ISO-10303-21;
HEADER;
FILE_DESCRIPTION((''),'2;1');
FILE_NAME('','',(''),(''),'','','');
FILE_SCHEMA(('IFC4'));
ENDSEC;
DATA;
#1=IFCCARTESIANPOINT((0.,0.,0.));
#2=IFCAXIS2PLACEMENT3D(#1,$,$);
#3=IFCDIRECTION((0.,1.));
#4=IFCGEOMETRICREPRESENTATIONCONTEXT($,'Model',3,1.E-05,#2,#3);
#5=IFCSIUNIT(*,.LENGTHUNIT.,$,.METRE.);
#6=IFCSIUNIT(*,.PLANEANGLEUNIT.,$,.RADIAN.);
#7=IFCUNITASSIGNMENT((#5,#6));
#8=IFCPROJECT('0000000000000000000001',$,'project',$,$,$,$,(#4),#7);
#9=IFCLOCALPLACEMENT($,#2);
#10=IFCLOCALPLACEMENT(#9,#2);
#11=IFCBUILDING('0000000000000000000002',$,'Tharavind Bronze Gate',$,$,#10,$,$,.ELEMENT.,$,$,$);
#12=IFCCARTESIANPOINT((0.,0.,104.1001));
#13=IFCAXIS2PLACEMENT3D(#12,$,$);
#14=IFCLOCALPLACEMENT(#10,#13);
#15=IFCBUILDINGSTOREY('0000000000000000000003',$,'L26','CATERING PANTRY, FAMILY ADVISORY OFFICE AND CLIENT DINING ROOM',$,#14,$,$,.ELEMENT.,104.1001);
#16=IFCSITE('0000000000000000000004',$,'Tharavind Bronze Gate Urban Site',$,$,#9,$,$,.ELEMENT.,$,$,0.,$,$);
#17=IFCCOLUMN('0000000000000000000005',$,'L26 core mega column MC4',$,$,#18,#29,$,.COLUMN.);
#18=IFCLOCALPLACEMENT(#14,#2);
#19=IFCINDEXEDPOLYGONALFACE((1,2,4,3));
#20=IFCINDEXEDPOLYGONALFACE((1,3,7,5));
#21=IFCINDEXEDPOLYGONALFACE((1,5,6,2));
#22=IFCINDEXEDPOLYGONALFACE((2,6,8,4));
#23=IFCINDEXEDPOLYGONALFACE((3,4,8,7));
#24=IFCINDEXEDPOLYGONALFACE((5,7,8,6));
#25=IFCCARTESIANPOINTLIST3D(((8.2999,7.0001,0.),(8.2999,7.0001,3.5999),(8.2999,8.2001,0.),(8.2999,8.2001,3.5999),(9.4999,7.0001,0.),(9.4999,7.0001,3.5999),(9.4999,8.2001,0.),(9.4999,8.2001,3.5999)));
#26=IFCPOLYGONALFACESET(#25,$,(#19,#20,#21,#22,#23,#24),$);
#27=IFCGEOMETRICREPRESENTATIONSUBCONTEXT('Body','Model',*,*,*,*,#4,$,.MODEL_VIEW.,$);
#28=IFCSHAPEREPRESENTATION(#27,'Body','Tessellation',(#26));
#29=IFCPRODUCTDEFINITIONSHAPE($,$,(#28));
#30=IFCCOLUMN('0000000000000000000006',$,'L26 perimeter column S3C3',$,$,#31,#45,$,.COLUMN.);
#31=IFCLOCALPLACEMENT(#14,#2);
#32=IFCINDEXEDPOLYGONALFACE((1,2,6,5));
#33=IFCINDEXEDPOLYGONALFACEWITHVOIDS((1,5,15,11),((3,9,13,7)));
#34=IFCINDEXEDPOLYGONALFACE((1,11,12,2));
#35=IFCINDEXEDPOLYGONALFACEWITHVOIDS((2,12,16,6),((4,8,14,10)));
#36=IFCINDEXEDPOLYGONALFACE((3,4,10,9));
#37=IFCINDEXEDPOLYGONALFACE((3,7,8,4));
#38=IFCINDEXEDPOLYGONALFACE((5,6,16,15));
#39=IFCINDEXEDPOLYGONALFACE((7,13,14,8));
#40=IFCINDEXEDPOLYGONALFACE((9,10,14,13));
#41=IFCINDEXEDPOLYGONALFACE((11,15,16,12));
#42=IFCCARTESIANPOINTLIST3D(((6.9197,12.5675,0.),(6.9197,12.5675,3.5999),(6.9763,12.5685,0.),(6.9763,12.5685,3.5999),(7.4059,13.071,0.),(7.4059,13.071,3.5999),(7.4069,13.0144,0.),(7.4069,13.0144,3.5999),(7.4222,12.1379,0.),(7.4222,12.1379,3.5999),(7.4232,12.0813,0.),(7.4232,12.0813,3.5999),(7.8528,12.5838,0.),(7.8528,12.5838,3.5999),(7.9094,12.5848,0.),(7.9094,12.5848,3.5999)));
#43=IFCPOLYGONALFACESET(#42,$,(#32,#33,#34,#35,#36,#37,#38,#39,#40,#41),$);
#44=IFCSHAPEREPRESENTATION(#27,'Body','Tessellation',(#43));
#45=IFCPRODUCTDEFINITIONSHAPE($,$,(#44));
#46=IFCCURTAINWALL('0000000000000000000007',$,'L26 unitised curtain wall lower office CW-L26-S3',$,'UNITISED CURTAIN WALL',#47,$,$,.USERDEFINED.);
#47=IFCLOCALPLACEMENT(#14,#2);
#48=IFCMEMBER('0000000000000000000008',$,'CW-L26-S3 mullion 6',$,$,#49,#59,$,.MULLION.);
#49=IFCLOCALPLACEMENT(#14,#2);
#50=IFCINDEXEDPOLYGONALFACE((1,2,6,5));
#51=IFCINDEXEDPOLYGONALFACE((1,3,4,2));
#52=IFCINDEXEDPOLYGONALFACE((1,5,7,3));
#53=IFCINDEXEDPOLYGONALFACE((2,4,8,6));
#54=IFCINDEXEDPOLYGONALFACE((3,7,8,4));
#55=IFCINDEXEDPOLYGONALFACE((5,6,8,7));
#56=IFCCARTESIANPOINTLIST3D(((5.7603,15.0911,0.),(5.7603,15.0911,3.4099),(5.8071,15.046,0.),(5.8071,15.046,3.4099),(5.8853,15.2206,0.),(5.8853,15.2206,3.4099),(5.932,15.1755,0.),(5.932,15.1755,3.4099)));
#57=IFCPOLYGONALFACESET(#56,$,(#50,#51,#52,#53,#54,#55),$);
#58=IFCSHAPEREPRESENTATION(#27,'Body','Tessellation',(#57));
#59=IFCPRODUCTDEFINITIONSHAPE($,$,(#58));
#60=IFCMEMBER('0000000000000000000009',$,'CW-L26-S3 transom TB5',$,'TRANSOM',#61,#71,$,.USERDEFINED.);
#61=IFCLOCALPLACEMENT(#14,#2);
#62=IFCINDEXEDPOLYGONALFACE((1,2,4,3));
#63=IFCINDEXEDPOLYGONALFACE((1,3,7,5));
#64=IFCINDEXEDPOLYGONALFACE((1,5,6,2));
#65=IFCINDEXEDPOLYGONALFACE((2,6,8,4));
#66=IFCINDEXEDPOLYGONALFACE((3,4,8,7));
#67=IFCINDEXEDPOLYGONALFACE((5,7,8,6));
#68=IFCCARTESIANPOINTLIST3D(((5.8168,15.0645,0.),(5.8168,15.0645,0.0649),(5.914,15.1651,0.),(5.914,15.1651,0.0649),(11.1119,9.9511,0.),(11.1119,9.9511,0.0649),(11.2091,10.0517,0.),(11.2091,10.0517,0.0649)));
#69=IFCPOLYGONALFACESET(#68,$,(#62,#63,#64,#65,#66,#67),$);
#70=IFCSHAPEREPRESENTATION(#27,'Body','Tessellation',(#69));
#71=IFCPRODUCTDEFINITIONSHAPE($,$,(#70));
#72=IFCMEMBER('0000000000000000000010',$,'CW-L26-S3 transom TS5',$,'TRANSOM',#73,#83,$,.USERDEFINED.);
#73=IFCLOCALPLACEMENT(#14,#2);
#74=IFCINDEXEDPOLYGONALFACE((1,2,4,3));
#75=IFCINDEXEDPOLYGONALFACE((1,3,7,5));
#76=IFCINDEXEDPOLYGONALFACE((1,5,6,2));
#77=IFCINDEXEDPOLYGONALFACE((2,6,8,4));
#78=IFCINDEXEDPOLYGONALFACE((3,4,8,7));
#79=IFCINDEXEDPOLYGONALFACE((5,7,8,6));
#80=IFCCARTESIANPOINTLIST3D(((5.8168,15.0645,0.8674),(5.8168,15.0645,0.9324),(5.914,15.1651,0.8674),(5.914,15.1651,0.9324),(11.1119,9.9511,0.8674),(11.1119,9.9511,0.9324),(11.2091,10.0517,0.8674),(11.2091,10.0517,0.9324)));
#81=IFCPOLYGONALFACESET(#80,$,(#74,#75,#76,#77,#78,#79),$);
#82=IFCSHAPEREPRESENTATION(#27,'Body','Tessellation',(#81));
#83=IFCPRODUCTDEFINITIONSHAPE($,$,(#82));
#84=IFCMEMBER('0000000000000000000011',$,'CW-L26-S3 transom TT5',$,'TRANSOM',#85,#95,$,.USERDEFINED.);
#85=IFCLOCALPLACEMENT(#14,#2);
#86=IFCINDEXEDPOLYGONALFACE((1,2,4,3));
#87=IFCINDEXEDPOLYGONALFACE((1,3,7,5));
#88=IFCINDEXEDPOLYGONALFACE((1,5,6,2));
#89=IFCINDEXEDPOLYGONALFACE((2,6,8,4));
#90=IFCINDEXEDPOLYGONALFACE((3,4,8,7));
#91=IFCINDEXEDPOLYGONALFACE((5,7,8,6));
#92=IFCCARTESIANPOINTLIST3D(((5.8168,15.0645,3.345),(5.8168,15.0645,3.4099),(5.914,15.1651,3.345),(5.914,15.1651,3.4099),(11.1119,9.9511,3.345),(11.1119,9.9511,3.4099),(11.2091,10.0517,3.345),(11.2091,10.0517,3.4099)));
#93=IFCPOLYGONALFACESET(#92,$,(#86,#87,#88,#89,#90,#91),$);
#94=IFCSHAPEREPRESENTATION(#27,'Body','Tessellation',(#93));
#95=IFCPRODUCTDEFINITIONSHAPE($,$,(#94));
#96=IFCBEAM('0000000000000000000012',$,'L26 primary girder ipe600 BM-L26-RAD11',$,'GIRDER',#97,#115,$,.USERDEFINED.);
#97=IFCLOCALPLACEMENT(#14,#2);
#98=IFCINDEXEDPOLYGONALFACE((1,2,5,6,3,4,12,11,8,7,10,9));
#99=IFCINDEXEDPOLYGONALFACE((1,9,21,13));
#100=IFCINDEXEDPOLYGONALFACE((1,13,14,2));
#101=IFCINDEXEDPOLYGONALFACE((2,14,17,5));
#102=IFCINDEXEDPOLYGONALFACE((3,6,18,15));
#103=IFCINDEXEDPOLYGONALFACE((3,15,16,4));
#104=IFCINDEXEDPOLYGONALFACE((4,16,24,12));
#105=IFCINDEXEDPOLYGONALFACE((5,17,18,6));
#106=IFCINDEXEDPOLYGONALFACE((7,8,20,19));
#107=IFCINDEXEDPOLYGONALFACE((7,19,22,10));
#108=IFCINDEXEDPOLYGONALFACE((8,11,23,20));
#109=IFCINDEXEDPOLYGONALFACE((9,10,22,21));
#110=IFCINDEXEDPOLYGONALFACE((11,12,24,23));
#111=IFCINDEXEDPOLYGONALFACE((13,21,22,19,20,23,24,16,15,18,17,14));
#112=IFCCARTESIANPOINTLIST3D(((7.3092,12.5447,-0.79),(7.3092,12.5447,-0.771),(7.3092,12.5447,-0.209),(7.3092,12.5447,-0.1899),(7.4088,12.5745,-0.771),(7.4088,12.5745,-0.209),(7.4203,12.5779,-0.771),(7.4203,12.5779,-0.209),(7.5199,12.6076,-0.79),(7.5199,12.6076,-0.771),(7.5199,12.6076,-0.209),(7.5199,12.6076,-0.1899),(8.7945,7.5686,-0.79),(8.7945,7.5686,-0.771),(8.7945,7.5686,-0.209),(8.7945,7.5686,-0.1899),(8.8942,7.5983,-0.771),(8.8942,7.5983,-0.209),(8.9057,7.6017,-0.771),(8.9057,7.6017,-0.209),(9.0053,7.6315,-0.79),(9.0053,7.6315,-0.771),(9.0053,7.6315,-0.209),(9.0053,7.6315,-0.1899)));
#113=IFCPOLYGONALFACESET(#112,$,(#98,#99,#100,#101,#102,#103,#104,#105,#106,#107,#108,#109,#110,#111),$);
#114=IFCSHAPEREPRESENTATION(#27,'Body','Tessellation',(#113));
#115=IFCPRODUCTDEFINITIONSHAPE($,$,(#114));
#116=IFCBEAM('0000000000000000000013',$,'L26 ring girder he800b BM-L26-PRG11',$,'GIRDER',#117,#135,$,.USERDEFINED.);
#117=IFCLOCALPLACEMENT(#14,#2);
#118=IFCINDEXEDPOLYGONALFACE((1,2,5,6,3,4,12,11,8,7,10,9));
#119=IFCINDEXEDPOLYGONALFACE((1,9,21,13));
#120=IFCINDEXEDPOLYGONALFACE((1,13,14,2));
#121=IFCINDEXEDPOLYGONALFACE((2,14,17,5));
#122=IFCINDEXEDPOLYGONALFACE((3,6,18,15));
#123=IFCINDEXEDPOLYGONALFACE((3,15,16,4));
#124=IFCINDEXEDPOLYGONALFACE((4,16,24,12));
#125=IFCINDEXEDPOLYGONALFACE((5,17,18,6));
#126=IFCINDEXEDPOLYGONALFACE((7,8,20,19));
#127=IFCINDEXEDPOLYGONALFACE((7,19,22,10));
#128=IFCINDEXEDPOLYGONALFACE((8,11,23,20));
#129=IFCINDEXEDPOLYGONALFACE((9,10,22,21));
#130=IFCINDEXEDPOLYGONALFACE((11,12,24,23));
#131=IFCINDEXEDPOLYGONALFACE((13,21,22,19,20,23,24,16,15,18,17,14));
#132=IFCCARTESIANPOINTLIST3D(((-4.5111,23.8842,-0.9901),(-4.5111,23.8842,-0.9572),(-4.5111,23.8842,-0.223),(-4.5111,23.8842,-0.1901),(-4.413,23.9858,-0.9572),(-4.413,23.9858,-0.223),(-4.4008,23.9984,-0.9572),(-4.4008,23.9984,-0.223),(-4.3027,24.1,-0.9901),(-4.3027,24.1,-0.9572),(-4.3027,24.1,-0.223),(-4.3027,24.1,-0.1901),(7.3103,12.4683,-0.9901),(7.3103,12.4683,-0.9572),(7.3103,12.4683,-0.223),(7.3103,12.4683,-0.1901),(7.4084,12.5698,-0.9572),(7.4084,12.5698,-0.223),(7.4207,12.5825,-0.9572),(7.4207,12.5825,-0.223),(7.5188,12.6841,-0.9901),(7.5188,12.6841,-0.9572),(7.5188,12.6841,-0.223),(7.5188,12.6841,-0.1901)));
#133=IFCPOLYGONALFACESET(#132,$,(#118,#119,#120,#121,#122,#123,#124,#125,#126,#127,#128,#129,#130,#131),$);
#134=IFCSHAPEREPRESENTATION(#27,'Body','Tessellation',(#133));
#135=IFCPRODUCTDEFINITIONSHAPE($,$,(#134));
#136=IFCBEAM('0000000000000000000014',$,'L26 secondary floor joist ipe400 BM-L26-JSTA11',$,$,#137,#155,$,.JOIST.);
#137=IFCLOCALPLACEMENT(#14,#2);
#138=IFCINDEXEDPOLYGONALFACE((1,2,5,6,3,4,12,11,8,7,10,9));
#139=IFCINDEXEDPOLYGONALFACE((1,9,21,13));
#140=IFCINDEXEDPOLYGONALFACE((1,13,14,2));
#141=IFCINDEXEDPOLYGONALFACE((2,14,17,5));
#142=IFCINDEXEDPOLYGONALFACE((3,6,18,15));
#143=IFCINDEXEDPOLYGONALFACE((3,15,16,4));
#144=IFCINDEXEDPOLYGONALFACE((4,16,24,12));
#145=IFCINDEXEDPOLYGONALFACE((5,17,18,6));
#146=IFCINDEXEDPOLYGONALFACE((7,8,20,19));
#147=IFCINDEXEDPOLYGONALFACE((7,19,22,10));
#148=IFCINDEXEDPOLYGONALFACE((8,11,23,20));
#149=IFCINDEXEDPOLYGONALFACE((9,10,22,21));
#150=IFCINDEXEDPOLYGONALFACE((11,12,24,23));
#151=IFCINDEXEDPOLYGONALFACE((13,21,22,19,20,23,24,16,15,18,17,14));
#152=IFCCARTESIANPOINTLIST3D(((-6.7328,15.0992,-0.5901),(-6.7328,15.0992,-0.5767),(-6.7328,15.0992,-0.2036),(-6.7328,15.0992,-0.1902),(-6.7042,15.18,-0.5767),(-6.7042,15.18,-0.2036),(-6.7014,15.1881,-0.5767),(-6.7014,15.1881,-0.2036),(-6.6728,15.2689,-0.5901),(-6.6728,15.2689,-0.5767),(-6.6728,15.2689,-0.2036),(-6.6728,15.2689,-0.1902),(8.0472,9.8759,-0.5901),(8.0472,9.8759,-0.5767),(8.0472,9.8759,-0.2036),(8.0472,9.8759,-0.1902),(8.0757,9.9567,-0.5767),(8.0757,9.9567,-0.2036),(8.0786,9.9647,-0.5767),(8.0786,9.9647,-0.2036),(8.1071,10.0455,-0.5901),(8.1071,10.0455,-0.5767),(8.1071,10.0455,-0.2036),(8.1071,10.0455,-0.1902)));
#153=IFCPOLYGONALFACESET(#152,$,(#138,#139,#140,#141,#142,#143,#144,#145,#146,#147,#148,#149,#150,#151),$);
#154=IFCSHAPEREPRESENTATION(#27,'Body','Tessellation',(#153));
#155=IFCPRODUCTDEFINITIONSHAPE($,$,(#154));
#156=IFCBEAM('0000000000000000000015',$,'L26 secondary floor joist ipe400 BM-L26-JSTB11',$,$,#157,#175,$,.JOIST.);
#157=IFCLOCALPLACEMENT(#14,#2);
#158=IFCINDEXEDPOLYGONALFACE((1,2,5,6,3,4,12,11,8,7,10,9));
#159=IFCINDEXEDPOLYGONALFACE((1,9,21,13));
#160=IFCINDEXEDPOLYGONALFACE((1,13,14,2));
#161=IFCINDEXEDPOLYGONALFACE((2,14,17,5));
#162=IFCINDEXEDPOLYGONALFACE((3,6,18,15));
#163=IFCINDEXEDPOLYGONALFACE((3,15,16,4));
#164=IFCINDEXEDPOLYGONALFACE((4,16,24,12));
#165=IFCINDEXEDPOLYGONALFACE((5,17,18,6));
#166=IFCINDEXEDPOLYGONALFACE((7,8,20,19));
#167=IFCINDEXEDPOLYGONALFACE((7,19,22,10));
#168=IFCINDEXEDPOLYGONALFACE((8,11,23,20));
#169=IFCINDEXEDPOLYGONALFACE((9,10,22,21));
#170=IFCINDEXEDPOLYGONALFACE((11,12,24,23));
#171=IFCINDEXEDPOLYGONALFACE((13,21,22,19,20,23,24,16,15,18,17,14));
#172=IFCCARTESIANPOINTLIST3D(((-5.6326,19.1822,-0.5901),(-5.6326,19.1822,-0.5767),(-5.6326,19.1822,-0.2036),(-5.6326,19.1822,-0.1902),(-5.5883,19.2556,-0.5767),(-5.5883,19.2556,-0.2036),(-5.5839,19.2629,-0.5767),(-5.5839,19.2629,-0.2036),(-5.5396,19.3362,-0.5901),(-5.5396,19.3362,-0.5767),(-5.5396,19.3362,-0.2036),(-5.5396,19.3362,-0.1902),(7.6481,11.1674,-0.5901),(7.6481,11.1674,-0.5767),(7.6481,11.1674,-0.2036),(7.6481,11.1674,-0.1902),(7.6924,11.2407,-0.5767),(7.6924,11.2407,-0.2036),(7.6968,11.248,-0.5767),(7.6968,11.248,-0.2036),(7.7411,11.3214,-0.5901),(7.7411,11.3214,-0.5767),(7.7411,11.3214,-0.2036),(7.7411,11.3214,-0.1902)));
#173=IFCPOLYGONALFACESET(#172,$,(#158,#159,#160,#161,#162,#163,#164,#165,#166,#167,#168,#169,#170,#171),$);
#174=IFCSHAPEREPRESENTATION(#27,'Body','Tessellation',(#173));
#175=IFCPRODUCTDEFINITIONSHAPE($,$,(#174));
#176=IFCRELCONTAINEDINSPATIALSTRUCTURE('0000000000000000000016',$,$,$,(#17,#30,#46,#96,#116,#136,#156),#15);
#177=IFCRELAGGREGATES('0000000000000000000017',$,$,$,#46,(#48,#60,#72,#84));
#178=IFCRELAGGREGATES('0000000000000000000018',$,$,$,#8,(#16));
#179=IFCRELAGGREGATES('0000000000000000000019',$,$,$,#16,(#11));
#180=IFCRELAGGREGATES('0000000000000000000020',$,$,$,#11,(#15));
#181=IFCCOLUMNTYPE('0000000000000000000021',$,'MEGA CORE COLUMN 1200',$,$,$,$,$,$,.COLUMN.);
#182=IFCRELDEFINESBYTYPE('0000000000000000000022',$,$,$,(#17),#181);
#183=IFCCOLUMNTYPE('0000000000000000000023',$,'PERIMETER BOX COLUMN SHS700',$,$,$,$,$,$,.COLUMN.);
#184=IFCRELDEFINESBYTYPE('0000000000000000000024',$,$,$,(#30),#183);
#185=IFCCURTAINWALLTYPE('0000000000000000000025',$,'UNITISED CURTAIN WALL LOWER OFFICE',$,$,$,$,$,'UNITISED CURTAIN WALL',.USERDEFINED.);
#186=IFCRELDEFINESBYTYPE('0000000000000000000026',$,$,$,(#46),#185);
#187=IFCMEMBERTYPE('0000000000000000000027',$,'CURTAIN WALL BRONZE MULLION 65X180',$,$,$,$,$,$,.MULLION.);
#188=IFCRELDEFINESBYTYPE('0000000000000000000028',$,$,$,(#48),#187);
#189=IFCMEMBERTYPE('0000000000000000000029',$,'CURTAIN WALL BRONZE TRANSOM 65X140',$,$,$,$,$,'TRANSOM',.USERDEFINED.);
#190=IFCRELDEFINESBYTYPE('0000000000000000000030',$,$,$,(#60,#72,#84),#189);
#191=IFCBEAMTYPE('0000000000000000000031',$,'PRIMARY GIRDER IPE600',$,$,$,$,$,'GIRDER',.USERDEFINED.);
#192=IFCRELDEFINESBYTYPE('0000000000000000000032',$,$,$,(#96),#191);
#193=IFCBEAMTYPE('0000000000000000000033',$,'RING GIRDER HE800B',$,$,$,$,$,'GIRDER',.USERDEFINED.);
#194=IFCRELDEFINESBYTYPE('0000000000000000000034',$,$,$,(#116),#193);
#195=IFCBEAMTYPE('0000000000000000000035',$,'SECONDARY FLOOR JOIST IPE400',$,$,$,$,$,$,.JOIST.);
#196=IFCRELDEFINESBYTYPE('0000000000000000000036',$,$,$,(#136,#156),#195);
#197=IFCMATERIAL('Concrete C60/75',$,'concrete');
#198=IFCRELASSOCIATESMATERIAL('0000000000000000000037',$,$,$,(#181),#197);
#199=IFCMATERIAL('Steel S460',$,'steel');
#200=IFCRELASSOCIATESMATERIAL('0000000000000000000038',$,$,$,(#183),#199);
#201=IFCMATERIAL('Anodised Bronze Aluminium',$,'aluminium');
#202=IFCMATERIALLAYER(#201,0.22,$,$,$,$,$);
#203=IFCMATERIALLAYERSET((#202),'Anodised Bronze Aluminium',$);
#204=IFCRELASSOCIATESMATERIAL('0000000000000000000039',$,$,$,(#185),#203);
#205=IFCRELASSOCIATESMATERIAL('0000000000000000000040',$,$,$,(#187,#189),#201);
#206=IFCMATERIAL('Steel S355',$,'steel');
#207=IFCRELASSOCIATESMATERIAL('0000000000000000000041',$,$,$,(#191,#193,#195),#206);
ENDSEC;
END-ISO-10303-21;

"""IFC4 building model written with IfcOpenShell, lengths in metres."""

from ifc_helpers import new_model, si_unit, direction, frame, origin, origin_2d, place, context, subcontext, project, spatial, rectangle, hollow_rectangle, i_section, extrude, material, layer, layer_set, material_profile, profile_set, type_object, element, aggregate, save


model = new_model("IFC4")

# Units and contexts
model_context = context("Model", 3, precision=1e-05, world=origin(), true_north=direction((0.0, 1.0)))
body_context = subcontext(model_context, "Body", "Model", "MODEL_VIEW")
ifc_project = project(units=[si_unit("LENGTHUNIT", "METRE"), si_unit("PLANEANGLEUNIT", "RADIAN")], contexts=[model_context])

# Site, building, storey
site_placement = place(None, origin())
site = spatial("IfcSite", under=ifc_project, at=site_placement, Name="Tharavind Bronze Gate Urban Site", CompositionType="ELEMENT", RefElevation=0.0)
building_placement = place(site_placement, origin())
building = spatial("IfcBuilding", under=site, at=building_placement, Name="Tharavind Bronze Gate", CompositionType="ELEMENT")
storey_placement = place(building_placement, frame((0.0, 0.0, 104.1001)))
storey = spatial("IfcBuildingStorey", under=building, at=storey_placement, Name="L26", Description="CATERING PANTRY, FAMILY ADVISORY OFFICE AND CLIENT DINING ROOM", CompositionType="ELEMENT", Elevation=104.1001)

# Columns
ifc_material_1 = material(Name="Concrete C60/75", Category="concrete")
ifc_material_profile_1 = material_profile(ifc_material_1, rectangle(XDim=1.2, YDim=1.2, at=origin_2d()), Name="RCCOL1200")
ifc_profile_set_1 = profile_set([ifc_material_profile_1], Name="Concrete C60/75")
column_type_1 = type_object("IfcColumnType", Name="MEGA CORE COLUMN 1200", PredefinedType="COLUMN", material=ifc_profile_set_1)
column_1_placement = place(storey_placement, frame((8.8999, 7.6001, 0.0), z_axis=(0.0, 0.0, 1.0), x_axis=(1.0, 0.0, 0.0)))
element("IfcColumn", 1, at=column_1_placement, inside=storey, type_object=column_type_1, Name="L26 core mega column MC4", PredefinedType="COLUMN", context=body_context, shape_type="SweptSolid", body=[
    extrude(rectangle(XDim=1.2, YDim=1.2, at=origin_2d()), origin(), (0.0, 0.0, 1.0), 3.5999),
])
ifc_material_2 = material(Name="Steel S460", Category="steel")
ifc_material_profile_2 = material_profile(ifc_material_2, hollow_rectangle(XDim=0.7, YDim=0.7, WallThickness=0.04, at=origin_2d()), Name="SHS700X40")
ifc_profile_set_2 = profile_set([ifc_material_profile_2], Name="Steel S460")
column_type_2 = type_object("IfcColumnType", Name="PERIMETER BOX COLUMN SHS700", PredefinedType="COLUMN", material=ifc_profile_set_2)
column_2_placement = place(storey_placement, frame((7.4146, 12.5762, 0.0), z_axis=(0.0, 0.0, 1.0), x_axis=(-0.71934, 0.694658, 0.0)))
element("IfcColumn", 2, at=column_2_placement, inside=storey, type_object=column_type_2, Name="L26 perimeter column S3C3", PredefinedType="COLUMN", context=body_context, shape_type="SweptSolid", body=[
    extrude(hollow_rectangle(XDim=0.7, YDim=0.7, WallThickness=0.04, at=origin_2d()), origin(), (0.0, 0.0, 1.0), 3.5999),
])

# Curtain wall, members
ifc_material_3 = material(Name="Anodised Bronze Aluminium", Category="aluminium")
ifc_layer_1 = layer(ifc_material_3, 0.22)
ifc_layer_set_1 = layer_set([ifc_layer_1], Name="Anodised Bronze Aluminium")
curtain_wall_type = type_object("IfcCurtainWallType", Name="UNITISED CURTAIN WALL LOWER OFFICE", ElementType="UNITISED CURTAIN WALL", PredefinedType="USERDEFINED", material=ifc_layer_set_1)
curtain_wall_placement = place(storey_placement, origin())
curtain_wall = element("IfcCurtainWall", 3, at=curtain_wall_placement, inside=storey, type_object=curtain_wall_type, Name="L26 unitised curtain wall lower office CW-L26-S3", ObjectType="UNITISED CURTAIN WALL", PredefinedType="USERDEFINED")
member_type_1 = type_object("IfcMemberType", Name="CURTAIN WALL BRONZE MULLION 65X180", PredefinedType="MULLION", material=ifc_material_3)
member_1_placement = place(storey_placement, frame((5.8462, 15.1333, 0.0), z_axis=(0.0, 0.0, 1.0), x_axis=(-0.719341, 0.694657, 0.0)))
member_1 = element("IfcMember", 4, at=member_1_placement, type_object=member_type_1, Name="CW-L26-S3 mullion 6", PredefinedType="MULLION", context=body_context, shape_type="SweptSolid", body=[
    extrude(rectangle(XDim=0.0649, YDim=0.1799, at=origin_2d()), origin(), (0.0, 0.0, 1.0), 3.4099),
])
member_type_2 = type_object("IfcMemberType", Name="CURTAIN WALL BRONZE TRANSOM 65X140", ElementType="TRANSOM", PredefinedType="USERDEFINED", material=ifc_material_3)
member_2_placement = place(storey_placement, frame((8.5129, 12.5581, 0.0), z_axis=(0.0, 0.0, 1.0), x_axis=(-0.719341, 0.694657, 0.0)))
member_2 = element("IfcMember", 5, at=member_2_placement, type_object=member_type_2, Name="CW-L26-S3 transom TB5", ObjectType="TRANSOM", PredefinedType="USERDEFINED", context=body_context, shape_type="SweptSolid", body=[
    extrude(rectangle(XDim=7.3611, YDim=0.1399, at=origin_2d()), origin(), (0.0, 0.0, 1.0), 0.0649),
])
member_3_placement = place(storey_placement, frame((8.5129, 12.5581, 0.8674), z_axis=(0.0, 0.0, 1.0), x_axis=(-0.719341, 0.694657, 0.0)))
member_3 = element("IfcMember", 6, at=member_3_placement, type_object=member_type_2, Name="CW-L26-S3 transom TS5", ObjectType="TRANSOM", PredefinedType="USERDEFINED", context=body_context, shape_type="SweptSolid", body=[
    extrude(rectangle(XDim=7.3611, YDim=0.1399, at=origin_2d()), origin(), (0.0, 0.0, 1.0), 0.0649),
])
member_4_placement = place(storey_placement, frame((8.5129, 12.5581, 3.345), z_axis=(0.0, 0.0, 1.0), x_axis=(-0.719341, 0.694657, 0.0)))
member_4 = element("IfcMember", 7, at=member_4_placement, type_object=member_type_2, Name="CW-L26-S3 transom TT5", ObjectType="TRANSOM", PredefinedType="USERDEFINED", context=body_context, shape_type="SweptSolid", body=[
    extrude(rectangle(XDim=7.3611, YDim=0.1399, at=origin_2d()), origin(), (0.0, 0.0, 1.0), 0.0649),
])

# Beams
ifc_material_4 = material(Name="Steel S355", Category="steel")
ifc_material_profile_3 = material_profile(ifc_material_4, i_section(OverallWidth=0.22, OverallDepth=0.6001, WebThickness=0.012, FlangeThickness=0.019, at=origin_2d()), Name="IPE600")
ifc_profile_set_3 = profile_set([ifc_material_profile_3], Name="Steel S355")
beam_type_1 = type_object("IfcBeamType", Name="PRIMARY GIRDER IPE600", ElementType="GIRDER", PredefinedType="USERDEFINED", material=ifc_profile_set_3)
beam_1_placement = place(storey_placement, frame((7.4146, 12.5762, -0.49), z_axis=(0.286028, -0.958221, 0.0), x_axis=(0.958221, 0.286028, 0.0)))
element("IfcBeam", 8, at=beam_1_placement, inside=storey, type_object=beam_type_1, Name="L26 primary girder ipe600 BM-L26-RAD11", ObjectType="GIRDER", PredefinedType="USERDEFINED", context=body_context, shape_type="SweptSolid", body=[
    extrude(i_section(OverallWidth=0.22, OverallDepth=0.6001, WebThickness=0.012, FlangeThickness=0.019, at=origin_2d()), origin(), (0.0, 0.0, 1.0), 5.1931),
])
ifc_material_profile_4 = material_profile(ifc_material_4, i_section(OverallWidth=0.3, OverallDepth=0.8, WebThickness=0.0176, FlangeThickness=0.033, at=origin_2d()), Name="HE800B")
ifc_profile_set_4 = profile_set([ifc_material_profile_4], Name="Steel S355")
beam_type_2 = type_object("IfcBeamType", Name="RING GIRDER HE800B", ElementType="GIRDER", PredefinedType="USERDEFINED", material=ifc_profile_set_4)
beam_2_placement = place(storey_placement, frame((7.4146, 12.5762, -0.5901), z_axis=(-0.719337, 0.694661, 0.0), x_axis=(-0.694661, -0.719337, 0.0)))
element("IfcBeam", 9, at=beam_2_placement, inside=storey, type_object=beam_type_2, Name="L26 ring girder he800b BM-L26-PRG11", ObjectType="GIRDER", PredefinedType="USERDEFINED", context=body_context, shape_type="SweptSolid", body=[
    extrude(i_section(OverallWidth=0.3, OverallDepth=0.8, WebThickness=0.0176, FlangeThickness=0.033, at=origin_2d()), origin(), (0.0, 0.0, 1.0), 16.4338),
])
ifc_material_profile_5 = material_profile(ifc_material_4, i_section(OverallWidth=0.1799, OverallDepth=0.3999, WebThickness=0.0085, FlangeThickness=0.0134, at=origin_2d()), Name="IPE400")
ifc_profile_set_5 = profile_set([ifc_material_profile_5], Name="Steel S355")
beam_type_3 = type_object("IfcBeamType", Name="SECONDARY FLOOR JOIST IPE400", PredefinedType="JOIST", material=ifc_profile_set_5)
beam_3_placement = place(storey_placement, frame((8.0771, 9.9607, -0.3901), z_axis=(-0.942852, 0.333212, 0.0), x_axis=(-0.333212, -0.942852, 0.0)))
element("IfcBeam", 10, at=beam_3_placement, inside=storey, type_object=beam_type_3, Name="L26 secondary floor joist ipe400 BM-L26-JSTA11", PredefinedType="JOIST", context=body_context, shape_type="SweptSolid", body=[
    extrude(i_section(OverallWidth=0.1799, OverallDepth=0.3999, WebThickness=0.0085, FlangeThickness=0.0134, at=origin_2d()), origin(), (0.0, 0.0, 1.0), 15.6758),
])
beam_4_placement = place(storey_placement, frame((7.6946, 11.2444, -0.3901), z_axis=(-0.856169, 0.516695, 0.0), x_axis=(-0.516695, -0.856169, 0.0)))
element("IfcBeam", 11, at=beam_4_placement, inside=storey, type_object=beam_type_3, Name="L26 secondary floor joist ipe400 BM-L26-JSTB11", PredefinedType="JOIST", context=body_context, shape_type="SweptSolid", body=[
    extrude(i_section(OverallWidth=0.1799, OverallDepth=0.3999, WebThickness=0.0085, FlangeThickness=0.0134, at=origin_2d()), origin(), (0.0, 0.0, 1.0), 15.5117),
])

aggregate(curtain_wall, [member_1, member_2, member_3, member_4])

save(model, "model.ifc")
